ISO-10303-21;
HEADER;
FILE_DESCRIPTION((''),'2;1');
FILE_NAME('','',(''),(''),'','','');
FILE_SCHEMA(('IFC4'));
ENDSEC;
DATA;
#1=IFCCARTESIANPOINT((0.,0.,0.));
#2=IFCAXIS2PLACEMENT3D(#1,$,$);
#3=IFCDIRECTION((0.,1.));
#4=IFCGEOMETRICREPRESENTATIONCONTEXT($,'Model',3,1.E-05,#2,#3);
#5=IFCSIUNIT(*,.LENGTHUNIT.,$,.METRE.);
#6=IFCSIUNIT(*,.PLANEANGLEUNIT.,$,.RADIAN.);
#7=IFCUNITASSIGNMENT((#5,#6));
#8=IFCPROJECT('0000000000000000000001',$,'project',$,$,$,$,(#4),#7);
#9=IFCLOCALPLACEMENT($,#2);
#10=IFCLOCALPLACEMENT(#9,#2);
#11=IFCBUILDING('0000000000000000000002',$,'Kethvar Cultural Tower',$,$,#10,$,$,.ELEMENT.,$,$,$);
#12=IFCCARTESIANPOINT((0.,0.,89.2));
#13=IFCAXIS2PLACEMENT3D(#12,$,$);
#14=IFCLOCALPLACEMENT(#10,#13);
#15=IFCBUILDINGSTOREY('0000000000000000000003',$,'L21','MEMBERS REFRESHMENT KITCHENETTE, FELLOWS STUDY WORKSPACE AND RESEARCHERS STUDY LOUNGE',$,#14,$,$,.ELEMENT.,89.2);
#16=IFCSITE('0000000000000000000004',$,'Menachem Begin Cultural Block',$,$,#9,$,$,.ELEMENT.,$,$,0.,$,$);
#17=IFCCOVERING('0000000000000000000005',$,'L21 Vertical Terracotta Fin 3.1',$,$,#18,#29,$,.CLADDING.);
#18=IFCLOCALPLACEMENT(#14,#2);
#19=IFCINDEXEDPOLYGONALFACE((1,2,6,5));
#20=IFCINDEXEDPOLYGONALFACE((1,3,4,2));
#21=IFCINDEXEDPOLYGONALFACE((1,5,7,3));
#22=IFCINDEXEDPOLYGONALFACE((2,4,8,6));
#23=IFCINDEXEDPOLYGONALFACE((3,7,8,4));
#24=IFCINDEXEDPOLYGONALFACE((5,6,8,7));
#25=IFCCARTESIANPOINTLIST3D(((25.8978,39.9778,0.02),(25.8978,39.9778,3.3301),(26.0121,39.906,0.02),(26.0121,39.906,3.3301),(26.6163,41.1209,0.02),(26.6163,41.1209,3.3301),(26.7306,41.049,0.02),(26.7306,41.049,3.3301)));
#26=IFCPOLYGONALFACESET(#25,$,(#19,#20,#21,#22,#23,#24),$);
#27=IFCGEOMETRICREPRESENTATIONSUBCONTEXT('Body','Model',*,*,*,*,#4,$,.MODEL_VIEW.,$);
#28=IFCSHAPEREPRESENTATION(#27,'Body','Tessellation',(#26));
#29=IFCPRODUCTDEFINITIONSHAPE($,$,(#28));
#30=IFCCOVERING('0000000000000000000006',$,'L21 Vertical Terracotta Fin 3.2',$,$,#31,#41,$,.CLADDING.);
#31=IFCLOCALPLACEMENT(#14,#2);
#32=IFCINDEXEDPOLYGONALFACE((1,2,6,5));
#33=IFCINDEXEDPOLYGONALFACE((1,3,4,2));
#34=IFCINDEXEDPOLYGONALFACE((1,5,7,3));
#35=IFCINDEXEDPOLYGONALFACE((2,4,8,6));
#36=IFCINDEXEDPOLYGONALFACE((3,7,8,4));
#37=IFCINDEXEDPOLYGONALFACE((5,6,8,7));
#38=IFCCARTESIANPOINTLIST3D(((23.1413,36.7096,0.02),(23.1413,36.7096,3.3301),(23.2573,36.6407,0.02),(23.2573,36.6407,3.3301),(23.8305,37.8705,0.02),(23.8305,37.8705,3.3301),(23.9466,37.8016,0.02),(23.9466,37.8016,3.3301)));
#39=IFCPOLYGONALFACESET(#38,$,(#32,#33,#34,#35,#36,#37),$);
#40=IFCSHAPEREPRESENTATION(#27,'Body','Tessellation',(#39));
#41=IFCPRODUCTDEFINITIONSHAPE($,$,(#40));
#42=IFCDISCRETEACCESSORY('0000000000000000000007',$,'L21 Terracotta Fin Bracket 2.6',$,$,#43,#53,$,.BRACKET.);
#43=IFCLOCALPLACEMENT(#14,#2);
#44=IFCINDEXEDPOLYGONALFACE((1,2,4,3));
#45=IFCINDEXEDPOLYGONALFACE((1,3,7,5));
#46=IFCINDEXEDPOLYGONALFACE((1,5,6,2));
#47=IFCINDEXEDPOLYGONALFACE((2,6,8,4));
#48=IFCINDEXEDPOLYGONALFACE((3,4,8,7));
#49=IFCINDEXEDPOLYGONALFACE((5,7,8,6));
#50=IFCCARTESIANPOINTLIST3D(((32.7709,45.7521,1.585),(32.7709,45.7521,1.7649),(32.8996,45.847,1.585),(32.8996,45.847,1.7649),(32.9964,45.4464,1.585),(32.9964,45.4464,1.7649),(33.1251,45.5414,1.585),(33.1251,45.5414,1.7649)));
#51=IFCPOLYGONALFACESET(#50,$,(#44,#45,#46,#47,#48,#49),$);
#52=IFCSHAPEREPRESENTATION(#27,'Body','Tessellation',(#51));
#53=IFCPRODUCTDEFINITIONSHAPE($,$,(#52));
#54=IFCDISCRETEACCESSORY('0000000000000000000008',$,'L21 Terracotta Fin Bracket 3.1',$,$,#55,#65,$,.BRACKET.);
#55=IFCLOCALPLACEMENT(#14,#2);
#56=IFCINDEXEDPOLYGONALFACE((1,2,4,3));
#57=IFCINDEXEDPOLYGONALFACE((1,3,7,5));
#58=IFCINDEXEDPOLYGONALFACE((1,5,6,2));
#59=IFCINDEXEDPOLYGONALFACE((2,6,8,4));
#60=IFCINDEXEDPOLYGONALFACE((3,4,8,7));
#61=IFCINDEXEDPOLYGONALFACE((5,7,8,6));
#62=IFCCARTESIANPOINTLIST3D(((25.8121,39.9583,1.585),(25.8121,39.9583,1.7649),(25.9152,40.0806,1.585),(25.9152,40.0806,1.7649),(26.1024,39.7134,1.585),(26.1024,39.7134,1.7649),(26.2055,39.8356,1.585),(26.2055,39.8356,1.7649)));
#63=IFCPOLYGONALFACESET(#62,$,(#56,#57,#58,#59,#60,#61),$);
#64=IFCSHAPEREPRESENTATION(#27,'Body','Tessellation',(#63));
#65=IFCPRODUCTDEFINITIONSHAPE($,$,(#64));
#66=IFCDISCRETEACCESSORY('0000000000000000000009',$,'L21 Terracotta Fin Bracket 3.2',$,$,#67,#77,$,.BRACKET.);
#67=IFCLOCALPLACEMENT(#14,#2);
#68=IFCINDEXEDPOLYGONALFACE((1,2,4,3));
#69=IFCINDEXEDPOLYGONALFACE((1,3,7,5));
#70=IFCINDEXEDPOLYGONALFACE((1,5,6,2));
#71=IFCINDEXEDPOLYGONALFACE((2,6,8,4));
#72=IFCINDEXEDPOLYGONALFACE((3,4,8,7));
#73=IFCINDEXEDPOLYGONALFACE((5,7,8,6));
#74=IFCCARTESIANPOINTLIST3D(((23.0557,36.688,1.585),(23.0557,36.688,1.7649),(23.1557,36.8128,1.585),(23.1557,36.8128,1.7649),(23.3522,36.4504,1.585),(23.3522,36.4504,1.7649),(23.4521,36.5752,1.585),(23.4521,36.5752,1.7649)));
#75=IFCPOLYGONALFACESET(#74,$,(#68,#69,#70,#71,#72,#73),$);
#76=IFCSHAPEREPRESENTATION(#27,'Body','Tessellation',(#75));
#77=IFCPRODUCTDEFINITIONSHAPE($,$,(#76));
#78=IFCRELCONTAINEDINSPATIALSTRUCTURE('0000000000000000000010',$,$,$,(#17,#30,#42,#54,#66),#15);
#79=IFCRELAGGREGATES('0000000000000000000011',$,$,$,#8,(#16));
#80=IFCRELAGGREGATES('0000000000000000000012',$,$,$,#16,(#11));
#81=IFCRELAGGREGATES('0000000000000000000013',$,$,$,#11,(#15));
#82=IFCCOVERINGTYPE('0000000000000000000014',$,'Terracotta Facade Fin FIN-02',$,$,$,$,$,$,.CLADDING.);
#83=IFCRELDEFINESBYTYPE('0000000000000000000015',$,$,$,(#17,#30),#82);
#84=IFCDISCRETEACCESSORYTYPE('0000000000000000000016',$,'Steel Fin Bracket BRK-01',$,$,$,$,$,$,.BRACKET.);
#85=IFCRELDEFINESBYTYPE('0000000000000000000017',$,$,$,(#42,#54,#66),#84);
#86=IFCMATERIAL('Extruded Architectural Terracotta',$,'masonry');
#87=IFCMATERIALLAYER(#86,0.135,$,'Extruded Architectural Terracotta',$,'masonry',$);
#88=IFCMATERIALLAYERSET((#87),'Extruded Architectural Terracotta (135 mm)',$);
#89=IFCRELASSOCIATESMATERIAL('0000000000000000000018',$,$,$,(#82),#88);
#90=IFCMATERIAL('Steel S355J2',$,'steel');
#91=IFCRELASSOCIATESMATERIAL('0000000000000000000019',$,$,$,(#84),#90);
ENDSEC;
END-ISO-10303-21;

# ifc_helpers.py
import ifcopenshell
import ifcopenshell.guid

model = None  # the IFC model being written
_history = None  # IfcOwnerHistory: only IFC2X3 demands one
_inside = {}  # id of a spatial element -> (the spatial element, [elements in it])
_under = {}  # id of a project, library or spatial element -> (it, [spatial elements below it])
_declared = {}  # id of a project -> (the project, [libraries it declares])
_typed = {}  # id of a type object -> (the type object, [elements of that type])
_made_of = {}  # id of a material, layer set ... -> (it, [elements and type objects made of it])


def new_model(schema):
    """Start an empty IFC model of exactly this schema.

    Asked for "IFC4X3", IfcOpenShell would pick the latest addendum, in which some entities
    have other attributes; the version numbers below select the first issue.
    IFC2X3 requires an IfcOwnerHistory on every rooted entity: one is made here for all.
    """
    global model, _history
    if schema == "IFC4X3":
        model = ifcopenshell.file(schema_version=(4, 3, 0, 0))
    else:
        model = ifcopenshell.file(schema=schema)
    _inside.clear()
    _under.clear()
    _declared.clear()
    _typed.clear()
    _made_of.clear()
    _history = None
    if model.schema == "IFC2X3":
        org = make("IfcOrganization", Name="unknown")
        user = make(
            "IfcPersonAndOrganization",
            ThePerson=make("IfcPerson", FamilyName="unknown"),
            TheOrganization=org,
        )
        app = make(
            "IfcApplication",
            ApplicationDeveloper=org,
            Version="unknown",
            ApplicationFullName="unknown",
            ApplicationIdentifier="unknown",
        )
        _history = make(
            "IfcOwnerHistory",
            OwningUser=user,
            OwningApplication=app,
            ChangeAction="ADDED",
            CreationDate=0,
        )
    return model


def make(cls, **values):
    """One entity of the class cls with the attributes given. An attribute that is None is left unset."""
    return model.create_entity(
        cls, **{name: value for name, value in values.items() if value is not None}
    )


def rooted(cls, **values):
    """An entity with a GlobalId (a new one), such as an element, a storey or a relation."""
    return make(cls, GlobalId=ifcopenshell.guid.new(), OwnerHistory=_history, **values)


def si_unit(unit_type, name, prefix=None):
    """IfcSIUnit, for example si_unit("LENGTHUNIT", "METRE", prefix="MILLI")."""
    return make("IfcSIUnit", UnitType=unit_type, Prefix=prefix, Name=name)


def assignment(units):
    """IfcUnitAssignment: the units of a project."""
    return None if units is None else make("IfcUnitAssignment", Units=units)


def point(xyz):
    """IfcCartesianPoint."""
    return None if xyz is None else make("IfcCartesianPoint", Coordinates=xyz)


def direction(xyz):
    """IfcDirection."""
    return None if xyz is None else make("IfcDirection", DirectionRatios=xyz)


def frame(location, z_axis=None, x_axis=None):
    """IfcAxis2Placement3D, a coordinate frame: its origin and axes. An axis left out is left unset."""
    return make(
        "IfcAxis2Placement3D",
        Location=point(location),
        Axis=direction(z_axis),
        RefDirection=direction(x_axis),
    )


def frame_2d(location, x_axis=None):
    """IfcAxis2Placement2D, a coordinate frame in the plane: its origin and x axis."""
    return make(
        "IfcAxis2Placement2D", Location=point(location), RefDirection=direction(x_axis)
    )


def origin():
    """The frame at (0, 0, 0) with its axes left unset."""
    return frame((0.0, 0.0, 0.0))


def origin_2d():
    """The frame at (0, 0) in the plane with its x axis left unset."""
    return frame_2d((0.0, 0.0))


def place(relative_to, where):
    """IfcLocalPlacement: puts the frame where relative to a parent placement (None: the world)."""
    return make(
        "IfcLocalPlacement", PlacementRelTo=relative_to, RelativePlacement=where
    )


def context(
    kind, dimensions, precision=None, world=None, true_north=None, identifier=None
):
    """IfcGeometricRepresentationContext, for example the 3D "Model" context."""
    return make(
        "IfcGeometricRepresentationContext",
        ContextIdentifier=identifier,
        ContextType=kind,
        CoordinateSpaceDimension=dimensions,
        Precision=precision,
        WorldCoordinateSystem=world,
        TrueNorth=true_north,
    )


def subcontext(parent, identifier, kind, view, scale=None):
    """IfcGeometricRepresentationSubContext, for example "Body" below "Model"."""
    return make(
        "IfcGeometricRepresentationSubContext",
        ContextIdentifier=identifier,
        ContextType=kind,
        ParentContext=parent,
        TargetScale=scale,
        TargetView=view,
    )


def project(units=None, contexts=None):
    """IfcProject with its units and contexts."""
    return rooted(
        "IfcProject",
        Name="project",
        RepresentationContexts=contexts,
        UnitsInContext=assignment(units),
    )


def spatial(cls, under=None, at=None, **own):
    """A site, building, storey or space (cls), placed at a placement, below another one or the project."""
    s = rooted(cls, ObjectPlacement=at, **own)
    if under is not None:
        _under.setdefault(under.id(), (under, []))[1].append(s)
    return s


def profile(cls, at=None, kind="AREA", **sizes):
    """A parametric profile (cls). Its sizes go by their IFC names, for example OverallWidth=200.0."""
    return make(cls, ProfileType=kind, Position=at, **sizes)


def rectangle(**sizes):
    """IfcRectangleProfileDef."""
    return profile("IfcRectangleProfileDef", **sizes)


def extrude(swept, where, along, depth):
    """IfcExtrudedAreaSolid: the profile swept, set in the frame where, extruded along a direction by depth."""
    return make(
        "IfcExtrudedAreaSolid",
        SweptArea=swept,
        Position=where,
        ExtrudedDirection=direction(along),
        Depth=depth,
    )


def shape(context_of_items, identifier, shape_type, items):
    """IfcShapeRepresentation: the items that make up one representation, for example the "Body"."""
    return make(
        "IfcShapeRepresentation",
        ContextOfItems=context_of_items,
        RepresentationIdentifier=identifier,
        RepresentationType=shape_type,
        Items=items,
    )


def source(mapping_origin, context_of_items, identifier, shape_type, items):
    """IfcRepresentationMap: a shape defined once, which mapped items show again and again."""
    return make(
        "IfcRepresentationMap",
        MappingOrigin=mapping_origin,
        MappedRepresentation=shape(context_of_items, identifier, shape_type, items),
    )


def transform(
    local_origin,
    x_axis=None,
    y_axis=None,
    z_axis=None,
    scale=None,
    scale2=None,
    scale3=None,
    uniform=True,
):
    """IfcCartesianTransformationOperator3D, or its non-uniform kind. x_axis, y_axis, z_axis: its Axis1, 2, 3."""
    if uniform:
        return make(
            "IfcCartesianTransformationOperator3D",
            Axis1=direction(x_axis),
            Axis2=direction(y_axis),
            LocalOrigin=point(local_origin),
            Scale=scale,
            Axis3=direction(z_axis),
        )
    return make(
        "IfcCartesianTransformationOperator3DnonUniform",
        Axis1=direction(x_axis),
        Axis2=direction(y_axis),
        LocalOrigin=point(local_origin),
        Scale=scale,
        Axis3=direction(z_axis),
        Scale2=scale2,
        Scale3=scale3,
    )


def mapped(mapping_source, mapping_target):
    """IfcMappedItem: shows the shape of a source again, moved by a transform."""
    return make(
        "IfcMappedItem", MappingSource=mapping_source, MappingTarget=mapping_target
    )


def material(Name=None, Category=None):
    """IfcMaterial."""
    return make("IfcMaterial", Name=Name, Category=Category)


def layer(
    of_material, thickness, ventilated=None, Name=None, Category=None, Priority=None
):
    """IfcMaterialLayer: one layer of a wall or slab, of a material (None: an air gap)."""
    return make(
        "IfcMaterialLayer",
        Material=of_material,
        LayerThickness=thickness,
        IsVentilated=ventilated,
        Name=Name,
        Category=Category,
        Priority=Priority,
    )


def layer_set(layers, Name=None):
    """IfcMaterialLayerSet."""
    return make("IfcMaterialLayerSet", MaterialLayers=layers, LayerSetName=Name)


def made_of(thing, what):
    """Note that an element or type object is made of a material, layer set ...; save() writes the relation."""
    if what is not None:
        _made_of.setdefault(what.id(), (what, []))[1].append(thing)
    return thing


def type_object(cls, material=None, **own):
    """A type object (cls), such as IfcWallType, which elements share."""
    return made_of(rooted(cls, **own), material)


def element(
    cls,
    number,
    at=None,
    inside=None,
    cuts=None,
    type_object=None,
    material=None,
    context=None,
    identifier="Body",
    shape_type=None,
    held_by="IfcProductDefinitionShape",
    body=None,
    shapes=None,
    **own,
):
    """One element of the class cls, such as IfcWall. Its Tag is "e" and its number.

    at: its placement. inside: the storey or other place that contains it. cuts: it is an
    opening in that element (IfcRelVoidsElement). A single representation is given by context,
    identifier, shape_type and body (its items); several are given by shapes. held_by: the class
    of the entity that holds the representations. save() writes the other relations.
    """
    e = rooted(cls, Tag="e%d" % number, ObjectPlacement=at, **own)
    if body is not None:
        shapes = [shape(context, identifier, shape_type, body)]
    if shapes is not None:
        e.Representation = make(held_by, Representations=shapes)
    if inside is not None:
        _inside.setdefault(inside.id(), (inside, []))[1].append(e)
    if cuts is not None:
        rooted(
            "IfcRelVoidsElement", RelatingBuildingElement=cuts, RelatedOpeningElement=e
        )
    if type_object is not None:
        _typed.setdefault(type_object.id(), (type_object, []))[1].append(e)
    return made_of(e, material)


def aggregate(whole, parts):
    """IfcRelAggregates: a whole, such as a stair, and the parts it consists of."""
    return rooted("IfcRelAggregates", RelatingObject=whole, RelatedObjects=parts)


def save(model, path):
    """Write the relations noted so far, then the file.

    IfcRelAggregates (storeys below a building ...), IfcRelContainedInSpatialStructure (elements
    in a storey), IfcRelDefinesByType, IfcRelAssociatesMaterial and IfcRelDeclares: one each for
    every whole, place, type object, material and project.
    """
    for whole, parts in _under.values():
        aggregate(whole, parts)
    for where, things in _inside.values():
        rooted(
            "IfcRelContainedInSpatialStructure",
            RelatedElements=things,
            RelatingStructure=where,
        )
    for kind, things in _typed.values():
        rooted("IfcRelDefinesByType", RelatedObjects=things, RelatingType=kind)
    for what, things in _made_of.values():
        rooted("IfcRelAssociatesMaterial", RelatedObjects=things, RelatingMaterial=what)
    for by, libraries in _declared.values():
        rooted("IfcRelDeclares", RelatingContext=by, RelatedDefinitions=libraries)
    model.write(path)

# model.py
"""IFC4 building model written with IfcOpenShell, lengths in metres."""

from ifc_helpers import new_model, si_unit, direction, frame, origin, origin_2d, place, context, subcontext, project, spatial, rectangle, extrude, source, transform, mapped, material, layer, layer_set, type_object, element, save


model = new_model("IFC4")

# Units and contexts
model_context = context("Model", 3, precision=1e-05, world=origin(), true_north=direction((0.0, 1.0)))
body_context = subcontext(model_context, "Body", "Model", "MODEL_VIEW")
ifc_project = project(units=[si_unit("LENGTHUNIT", "METRE"), si_unit("PLANEANGLEUNIT", "RADIAN")], contexts=[model_context])

# Site, building, storey
site_placement = place(None, origin())
site = spatial("IfcSite", under=ifc_project, at=site_placement, Name="Menachem Begin Cultural Block", CompositionType="ELEMENT", RefElevation=0.0)
building_placement = place(site_placement, origin())
building = spatial("IfcBuilding", under=site, at=building_placement, Name="Kethvar Cultural Tower", CompositionType="ELEMENT")
storey_placement = place(building_placement, frame((0.0, 0.0, 89.2)))
storey = spatial("IfcBuildingStorey", under=building, at=storey_placement, Name="L21", Description="MEMBERS REFRESHMENT KITCHENETTE, FELLOWS STUDY WORKSPACE AND RESEARCHERS STUDY LOUNGE", CompositionType="ELEMENT", Elevation=89.2)

# Shared definitions
ifc_material_1 = material(Name="Steel S355J2", Category="steel")

# Coverings
ifc_material_2 = material(Name="Extruded Architectural Terracotta", Category="masonry")
ifc_layer_1 = layer(ifc_material_2, 0.135, Name="Extruded Architectural Terracotta", Category="masonry")
ifc_layer_set_1 = layer_set([ifc_layer_1], Name="Extruded Architectural Terracotta (135 mm)")
covering_type_1 = type_object("IfcCoveringType", Name="Terracotta Facade Fin FIN-02", PredefinedType="CLADDING", material=ifc_layer_set_1)
shared_shape_1 = source(origin(), body_context, "Body", "SweptSolid", [
    extrude(rectangle(XDim=1.3501, YDim=0.135, at=origin_2d()), origin(), (0.0, 0.0, 1.0), 3.3101),
])
for number, where, z_axis, x_axis, name in (
    (1, (26.3142, 40.5134, 0.02), (0.0, 0.0, 1.0), (0.532138, 0.846658, 0.0), "L21 Vertical Terracotta Fin 3.1"),
    (2, (23.5439, 37.2556, 0.02), (0.0, 0.0, 1.0), (0.510543, 0.859852, 0.0), "L21 Vertical Terracotta Fin 3.2"),
):
    element("IfcCovering", number, at=place(storey_placement, frame(where, z_axis=z_axis, x_axis=x_axis)), inside=storey, type_object=covering_type_1, Name=name, PredefinedType="CLADDING", context=body_context, shape_type="MappedRepresentation", body=[
        mapped(shared_shape_1, transform((0.0, 0.0, 0.0), scale=1.0)),
    ])

# Discrete accessories
discrete_accessory_type = type_object("IfcDiscreteAccessoryType", Name="Steel Fin Bracket BRK-01", PredefinedType="BRACKET", material=ifc_material_1)
shared_shape_2 = source(origin(), body_context, "Body", "SweptSolid", [
    extrude(rectangle(XDim=0.3799, YDim=0.1599, at=origin_2d()), origin(), (0.0, 0.0, 1.0), 0.1799),
])
for number, where, z_axis, x_axis, name in (
    (3, (32.948, 45.6467, 1.585), (0.0, 0.0, 1.0), (-0.5937, 0.804687, 0.0), "L21 Terracotta Fin Bracket 2.6"),
    (4, (26.0088, 39.897, 1.585), (0.0, 0.0, 1.0), (-0.764359, 0.644791, 0.0), "L21 Terracotta Fin Bracket 3.1"),
    (5, (23.2539, 36.6316, 1.585), (0.0, 0.0, 1.0), (-0.78043, 0.625243, 0.0), "L21 Terracotta Fin Bracket 3.2"),
):
    element("IfcDiscreteAccessory", number, at=place(storey_placement, frame(where, z_axis=z_axis, x_axis=x_axis)), inside=storey, type_object=discrete_accessory_type, Name=name, PredefinedType="BRACKET", context=body_context, shape_type="MappedRepresentation", body=[
        mapped(shared_shape_2, transform((0.0, 0.0, 0.0), scale=1.0)),
    ])

save(model, "model.ifc")
